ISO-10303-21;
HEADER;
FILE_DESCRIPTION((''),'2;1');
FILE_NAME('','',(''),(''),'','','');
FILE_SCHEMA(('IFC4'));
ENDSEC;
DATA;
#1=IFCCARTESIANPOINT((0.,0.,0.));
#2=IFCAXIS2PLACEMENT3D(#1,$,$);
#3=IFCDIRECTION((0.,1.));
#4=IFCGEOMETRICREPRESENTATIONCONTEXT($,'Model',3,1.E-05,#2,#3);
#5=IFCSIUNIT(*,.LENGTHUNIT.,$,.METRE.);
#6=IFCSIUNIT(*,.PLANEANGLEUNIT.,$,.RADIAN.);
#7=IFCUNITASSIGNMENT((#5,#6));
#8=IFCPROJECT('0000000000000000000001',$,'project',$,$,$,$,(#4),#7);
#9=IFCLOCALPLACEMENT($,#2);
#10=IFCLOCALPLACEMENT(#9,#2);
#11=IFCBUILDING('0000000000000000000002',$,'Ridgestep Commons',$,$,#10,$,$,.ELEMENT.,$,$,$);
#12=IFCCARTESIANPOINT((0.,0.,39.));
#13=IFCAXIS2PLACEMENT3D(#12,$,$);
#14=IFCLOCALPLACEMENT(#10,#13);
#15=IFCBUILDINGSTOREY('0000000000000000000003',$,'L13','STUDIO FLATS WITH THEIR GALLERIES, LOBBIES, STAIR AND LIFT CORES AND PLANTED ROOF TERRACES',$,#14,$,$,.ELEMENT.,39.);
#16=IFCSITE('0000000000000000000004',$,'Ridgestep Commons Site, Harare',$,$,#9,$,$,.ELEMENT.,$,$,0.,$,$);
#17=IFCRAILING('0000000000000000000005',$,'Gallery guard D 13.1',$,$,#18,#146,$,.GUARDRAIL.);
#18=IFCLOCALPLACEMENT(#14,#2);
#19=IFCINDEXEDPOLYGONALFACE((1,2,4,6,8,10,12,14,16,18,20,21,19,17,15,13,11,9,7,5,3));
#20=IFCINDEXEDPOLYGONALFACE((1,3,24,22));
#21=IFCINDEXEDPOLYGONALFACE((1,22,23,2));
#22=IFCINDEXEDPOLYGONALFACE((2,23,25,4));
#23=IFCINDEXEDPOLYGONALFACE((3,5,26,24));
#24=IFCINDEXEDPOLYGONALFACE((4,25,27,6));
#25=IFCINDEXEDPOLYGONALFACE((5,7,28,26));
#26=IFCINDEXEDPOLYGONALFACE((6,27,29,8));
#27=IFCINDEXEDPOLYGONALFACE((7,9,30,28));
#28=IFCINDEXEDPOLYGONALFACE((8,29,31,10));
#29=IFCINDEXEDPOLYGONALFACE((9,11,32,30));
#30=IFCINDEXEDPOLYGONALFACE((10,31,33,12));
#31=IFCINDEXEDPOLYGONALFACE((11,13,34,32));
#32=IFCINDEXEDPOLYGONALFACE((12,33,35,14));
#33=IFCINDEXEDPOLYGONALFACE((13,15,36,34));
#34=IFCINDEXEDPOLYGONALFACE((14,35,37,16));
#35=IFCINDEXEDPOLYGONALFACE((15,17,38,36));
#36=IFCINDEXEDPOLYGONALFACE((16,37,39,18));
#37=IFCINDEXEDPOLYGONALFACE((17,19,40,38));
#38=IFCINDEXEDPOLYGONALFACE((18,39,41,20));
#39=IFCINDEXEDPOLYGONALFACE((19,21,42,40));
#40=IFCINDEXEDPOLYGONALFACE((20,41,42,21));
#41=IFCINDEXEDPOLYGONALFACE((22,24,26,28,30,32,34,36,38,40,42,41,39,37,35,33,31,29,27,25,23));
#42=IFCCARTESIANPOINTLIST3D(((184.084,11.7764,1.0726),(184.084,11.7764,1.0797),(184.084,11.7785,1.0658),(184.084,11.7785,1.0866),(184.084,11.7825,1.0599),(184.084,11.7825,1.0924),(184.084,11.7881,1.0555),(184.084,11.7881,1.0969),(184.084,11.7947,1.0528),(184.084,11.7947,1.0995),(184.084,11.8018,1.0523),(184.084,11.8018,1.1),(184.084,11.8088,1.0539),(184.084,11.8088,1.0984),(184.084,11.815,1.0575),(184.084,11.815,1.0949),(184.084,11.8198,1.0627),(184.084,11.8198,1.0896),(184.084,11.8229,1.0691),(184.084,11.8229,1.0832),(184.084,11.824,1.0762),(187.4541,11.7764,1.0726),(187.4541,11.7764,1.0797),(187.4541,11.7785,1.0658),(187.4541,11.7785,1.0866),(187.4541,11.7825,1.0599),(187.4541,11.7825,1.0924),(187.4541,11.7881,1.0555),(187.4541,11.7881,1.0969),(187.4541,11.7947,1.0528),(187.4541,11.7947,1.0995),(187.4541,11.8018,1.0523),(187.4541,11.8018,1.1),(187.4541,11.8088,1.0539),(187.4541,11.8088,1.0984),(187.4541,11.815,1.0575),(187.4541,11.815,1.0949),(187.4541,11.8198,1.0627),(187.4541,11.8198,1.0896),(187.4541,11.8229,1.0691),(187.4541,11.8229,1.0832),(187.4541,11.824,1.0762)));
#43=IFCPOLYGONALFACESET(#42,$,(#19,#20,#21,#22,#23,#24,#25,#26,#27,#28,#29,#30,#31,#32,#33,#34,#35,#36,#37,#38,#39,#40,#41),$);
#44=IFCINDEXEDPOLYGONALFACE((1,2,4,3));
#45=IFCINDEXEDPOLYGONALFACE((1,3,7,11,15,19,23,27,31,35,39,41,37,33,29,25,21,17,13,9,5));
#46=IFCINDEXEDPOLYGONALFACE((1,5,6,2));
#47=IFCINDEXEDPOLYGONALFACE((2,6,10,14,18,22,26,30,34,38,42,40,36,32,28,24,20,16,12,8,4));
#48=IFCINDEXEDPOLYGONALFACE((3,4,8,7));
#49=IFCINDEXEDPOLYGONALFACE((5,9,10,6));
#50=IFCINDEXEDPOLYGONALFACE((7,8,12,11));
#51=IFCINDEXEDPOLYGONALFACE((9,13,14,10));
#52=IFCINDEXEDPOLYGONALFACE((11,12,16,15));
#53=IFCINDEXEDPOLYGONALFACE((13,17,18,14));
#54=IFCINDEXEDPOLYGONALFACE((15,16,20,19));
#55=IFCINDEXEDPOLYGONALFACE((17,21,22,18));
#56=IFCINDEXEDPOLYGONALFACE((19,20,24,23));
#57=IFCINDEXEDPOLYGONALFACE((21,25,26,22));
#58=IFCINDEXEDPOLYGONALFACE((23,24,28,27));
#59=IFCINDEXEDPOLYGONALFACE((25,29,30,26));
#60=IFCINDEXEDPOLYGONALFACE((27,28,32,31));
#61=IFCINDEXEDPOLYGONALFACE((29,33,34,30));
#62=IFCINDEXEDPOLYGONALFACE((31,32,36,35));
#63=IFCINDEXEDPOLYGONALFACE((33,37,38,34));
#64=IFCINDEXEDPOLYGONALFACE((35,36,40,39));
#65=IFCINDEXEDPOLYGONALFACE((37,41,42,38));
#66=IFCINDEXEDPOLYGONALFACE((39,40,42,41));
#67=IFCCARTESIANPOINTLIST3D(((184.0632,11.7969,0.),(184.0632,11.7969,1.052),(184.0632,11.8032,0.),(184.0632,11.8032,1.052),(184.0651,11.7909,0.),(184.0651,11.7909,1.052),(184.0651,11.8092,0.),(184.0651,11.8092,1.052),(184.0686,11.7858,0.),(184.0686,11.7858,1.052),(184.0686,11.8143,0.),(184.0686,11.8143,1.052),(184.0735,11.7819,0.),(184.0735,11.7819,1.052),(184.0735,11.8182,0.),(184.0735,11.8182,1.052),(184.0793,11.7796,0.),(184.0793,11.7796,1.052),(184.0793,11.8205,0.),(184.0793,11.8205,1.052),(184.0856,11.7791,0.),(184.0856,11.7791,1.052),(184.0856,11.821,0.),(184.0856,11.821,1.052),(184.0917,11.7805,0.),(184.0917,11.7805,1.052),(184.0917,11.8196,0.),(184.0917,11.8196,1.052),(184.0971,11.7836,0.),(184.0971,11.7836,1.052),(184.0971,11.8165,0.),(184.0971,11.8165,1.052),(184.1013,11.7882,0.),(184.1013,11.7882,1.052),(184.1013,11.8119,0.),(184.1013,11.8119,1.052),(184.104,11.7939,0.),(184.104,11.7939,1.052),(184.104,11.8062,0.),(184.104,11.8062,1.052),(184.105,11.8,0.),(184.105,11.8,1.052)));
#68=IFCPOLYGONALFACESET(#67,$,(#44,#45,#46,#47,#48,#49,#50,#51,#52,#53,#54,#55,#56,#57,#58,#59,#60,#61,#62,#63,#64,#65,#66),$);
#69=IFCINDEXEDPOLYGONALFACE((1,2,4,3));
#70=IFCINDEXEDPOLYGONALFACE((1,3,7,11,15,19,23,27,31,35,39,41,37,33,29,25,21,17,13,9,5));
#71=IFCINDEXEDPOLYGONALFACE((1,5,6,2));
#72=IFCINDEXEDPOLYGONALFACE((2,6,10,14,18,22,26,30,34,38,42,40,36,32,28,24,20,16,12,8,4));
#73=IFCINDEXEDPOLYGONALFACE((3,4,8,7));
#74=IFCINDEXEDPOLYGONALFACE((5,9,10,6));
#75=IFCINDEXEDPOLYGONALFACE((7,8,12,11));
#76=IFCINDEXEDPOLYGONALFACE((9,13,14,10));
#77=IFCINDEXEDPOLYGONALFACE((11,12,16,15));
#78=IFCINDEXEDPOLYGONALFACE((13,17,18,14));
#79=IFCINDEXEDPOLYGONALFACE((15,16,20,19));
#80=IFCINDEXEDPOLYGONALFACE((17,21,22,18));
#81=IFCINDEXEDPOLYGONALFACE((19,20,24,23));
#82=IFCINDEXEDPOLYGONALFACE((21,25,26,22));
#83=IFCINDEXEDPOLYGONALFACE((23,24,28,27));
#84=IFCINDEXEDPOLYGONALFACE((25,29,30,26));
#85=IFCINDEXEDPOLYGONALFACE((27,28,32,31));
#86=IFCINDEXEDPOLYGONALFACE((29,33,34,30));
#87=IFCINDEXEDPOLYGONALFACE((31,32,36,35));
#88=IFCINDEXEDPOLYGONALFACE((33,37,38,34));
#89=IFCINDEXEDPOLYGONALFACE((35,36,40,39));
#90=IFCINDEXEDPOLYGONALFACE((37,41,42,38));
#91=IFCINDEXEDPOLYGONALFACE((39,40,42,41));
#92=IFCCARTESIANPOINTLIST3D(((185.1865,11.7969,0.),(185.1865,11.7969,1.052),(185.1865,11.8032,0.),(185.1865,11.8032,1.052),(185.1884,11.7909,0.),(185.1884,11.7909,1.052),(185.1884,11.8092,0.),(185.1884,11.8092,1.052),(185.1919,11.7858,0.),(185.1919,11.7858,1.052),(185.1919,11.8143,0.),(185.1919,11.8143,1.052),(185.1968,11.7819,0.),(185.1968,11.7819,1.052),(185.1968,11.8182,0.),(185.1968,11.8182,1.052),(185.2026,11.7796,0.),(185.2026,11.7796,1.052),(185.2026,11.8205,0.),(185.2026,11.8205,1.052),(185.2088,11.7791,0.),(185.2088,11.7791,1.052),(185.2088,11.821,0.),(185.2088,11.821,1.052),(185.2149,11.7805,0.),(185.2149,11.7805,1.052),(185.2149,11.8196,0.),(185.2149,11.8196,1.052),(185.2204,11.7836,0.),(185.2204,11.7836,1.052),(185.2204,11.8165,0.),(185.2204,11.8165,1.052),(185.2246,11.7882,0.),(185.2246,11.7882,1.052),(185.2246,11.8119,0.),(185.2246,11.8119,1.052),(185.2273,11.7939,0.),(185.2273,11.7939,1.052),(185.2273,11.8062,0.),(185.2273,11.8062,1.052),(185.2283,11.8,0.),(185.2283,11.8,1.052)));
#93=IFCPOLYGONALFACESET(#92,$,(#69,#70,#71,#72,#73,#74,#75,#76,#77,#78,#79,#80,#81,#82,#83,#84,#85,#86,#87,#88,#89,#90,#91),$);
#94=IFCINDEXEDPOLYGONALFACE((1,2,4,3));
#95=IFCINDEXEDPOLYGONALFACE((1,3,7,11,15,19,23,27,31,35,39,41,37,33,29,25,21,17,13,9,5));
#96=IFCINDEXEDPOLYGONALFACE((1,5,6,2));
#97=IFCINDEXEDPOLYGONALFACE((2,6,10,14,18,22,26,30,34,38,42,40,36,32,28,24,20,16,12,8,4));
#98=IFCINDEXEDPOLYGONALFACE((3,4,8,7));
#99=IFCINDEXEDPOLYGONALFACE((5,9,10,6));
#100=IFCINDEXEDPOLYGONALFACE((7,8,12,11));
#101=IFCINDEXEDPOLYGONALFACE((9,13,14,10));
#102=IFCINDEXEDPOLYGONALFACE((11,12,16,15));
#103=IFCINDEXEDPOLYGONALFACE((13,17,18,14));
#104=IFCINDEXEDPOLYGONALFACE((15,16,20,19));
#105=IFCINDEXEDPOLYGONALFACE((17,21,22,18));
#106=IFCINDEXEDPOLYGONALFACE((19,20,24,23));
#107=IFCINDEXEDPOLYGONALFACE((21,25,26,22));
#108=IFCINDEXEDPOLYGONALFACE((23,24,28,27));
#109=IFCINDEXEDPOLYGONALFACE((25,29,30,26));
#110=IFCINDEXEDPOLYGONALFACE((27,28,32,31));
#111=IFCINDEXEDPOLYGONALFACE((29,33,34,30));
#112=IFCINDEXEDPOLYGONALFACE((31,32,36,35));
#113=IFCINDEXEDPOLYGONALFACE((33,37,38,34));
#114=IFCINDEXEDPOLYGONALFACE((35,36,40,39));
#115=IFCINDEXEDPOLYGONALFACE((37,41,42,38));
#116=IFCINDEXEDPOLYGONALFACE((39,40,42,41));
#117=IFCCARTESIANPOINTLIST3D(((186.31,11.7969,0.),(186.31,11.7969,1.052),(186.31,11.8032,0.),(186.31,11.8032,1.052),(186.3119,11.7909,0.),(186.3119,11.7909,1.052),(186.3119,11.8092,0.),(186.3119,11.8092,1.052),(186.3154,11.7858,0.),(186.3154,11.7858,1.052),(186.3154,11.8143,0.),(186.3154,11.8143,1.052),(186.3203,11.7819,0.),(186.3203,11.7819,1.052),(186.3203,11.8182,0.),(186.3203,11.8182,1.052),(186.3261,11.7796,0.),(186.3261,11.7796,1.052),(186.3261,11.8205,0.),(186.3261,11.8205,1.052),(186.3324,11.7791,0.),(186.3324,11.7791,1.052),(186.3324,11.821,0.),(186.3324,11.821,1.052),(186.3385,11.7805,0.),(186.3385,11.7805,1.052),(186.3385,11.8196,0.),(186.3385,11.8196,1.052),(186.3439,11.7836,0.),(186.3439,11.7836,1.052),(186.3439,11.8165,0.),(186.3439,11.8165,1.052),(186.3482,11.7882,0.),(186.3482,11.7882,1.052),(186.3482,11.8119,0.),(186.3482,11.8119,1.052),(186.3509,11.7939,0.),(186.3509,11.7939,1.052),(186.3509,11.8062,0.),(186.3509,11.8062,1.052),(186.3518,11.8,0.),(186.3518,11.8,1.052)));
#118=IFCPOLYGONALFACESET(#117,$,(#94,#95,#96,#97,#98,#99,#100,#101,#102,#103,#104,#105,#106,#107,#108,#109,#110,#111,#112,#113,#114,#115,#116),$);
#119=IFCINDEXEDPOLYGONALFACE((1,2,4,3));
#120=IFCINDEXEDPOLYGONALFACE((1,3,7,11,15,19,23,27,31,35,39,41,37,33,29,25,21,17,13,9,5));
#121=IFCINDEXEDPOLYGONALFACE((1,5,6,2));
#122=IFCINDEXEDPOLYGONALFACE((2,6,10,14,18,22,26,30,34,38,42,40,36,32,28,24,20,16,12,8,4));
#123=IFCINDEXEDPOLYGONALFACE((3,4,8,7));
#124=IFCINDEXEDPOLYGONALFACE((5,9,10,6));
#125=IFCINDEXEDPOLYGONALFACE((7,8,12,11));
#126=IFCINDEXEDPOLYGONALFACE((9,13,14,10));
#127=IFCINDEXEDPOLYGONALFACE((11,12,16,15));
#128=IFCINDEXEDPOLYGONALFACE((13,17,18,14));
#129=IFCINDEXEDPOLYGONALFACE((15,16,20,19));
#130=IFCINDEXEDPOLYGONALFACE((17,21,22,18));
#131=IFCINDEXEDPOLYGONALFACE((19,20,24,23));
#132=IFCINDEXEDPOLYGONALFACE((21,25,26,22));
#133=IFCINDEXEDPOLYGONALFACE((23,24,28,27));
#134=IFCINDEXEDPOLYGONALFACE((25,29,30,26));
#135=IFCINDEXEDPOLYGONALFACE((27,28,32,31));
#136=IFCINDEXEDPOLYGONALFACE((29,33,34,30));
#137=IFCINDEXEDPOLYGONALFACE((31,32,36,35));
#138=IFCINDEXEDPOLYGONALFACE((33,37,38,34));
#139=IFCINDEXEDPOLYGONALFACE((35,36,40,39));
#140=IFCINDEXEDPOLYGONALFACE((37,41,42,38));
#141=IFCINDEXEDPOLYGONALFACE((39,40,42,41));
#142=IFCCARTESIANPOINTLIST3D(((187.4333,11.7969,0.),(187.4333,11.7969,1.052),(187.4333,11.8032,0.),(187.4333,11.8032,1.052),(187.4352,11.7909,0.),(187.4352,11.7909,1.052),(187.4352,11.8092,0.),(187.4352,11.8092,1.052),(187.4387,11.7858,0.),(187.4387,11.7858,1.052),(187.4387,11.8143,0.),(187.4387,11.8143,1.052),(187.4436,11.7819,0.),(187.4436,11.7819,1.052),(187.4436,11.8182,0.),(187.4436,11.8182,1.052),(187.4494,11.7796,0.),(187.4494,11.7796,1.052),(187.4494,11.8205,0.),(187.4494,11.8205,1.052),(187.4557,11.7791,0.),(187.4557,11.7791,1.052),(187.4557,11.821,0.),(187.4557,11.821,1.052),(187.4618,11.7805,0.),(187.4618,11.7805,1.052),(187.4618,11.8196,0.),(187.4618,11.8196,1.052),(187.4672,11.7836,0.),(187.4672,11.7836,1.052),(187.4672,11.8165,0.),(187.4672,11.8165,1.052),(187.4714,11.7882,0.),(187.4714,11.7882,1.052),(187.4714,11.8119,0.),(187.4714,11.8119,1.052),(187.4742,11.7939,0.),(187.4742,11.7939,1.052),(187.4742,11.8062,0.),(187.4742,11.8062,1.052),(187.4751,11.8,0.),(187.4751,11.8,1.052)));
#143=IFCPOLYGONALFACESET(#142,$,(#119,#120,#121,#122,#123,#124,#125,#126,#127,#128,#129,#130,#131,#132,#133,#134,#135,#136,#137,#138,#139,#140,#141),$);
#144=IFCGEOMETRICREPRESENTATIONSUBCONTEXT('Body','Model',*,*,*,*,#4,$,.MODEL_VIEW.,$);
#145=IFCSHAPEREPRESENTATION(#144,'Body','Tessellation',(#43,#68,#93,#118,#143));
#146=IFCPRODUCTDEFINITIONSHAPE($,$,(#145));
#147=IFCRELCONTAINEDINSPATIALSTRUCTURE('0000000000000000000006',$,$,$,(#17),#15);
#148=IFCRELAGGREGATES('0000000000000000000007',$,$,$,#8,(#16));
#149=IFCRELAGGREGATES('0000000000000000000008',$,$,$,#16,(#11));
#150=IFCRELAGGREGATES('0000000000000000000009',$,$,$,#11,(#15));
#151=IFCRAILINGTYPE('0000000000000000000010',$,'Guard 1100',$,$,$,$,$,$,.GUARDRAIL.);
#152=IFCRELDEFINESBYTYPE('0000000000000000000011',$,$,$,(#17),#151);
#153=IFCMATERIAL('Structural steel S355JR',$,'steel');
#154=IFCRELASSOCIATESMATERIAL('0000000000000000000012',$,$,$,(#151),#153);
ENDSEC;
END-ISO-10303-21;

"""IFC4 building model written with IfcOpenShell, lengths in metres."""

from ifc_helpers import new_model, si_unit, direction, frame, origin, origin_2d, place, context, subcontext, project, spatial, circle, extrude, material, type_object, element, save


model = new_model("IFC4")

# Units and contexts
model_context = context("Model", 3, precision=1e-05, world=origin(), true_north=direction((0.0, 1.0)))
body_context = subcontext(model_context, "Body", "Model", "MODEL_VIEW")
ifc_project = project(units=[si_unit("LENGTHUNIT", "METRE"), si_unit("PLANEANGLEUNIT", "RADIAN")], contexts=[model_context])

# Site, building, storey
site_placement = place(None, origin())
site = spatial("IfcSite", under=ifc_project, at=site_placement, Name="Ridgestep Commons Site, Harare", CompositionType="ELEMENT", RefElevation=0.0)
building_placement = place(site_placement, origin())
building = spatial("IfcBuilding", under=site, at=building_placement, Name="Ridgestep Commons", CompositionType="ELEMENT")
storey_placement = place(building_placement, frame((0.0, 0.0, 39.0)))
storey = spatial("IfcBuildingStorey", under=building, at=storey_placement, Name="L13", Description="STUDIO FLATS WITH THEIR GALLERIES, LOBBIES, STAIR AND LIFT CORES AND PLANTED ROOF TERRACES", CompositionType="ELEMENT", Elevation=39.0)

# Railing
ifc_material_1 = material(Name="Structural steel S355JR", Category="steel")
railing_type = type_object("IfcRailingType", Name="Guard 1100", PredefinedType="GUARDRAIL", material=ifc_material_1)
railing_1_placement = place(storey_placement, frame((184.084, 11.8, 0.0)))
element("IfcRailing", 1, at=railing_1_placement, inside=storey, type_object=railing_type, Name="Gallery guard D 13.1", PredefinedType="GUARDRAIL", context=body_context, shape_type="SweptSolid", body=[
    extrude(circle(Radius=0.0239, at=origin_2d()), frame((0.0, 0.0, 1.0762), z_axis=(1.0, 0.0, 0.0), x_axis=(0.0, 1.0, 0.0)), (0.0, 0.0, 1.0), 3.3701),
    extrude(circle(Radius=0.021, at=origin_2d()), origin(), (0.0, 0.0, 1.0), 1.052),
    extrude(circle(Radius=0.021, at=origin_2d()), frame((1.1233, 0.0, 0.0)), (0.0, 0.0, 1.0), 1.052),
    extrude(circle(Radius=0.021, at=origin_2d()), frame((2.2468, 0.0, 0.0)), (0.0, 0.0, 1.0), 1.052),
    extrude(circle(Radius=0.021, at=origin_2d()), frame((3.3701, 0.0, 0.0)), (0.0, 0.0, 1.0), 1.052),
])

save(model, "model.ifc")
